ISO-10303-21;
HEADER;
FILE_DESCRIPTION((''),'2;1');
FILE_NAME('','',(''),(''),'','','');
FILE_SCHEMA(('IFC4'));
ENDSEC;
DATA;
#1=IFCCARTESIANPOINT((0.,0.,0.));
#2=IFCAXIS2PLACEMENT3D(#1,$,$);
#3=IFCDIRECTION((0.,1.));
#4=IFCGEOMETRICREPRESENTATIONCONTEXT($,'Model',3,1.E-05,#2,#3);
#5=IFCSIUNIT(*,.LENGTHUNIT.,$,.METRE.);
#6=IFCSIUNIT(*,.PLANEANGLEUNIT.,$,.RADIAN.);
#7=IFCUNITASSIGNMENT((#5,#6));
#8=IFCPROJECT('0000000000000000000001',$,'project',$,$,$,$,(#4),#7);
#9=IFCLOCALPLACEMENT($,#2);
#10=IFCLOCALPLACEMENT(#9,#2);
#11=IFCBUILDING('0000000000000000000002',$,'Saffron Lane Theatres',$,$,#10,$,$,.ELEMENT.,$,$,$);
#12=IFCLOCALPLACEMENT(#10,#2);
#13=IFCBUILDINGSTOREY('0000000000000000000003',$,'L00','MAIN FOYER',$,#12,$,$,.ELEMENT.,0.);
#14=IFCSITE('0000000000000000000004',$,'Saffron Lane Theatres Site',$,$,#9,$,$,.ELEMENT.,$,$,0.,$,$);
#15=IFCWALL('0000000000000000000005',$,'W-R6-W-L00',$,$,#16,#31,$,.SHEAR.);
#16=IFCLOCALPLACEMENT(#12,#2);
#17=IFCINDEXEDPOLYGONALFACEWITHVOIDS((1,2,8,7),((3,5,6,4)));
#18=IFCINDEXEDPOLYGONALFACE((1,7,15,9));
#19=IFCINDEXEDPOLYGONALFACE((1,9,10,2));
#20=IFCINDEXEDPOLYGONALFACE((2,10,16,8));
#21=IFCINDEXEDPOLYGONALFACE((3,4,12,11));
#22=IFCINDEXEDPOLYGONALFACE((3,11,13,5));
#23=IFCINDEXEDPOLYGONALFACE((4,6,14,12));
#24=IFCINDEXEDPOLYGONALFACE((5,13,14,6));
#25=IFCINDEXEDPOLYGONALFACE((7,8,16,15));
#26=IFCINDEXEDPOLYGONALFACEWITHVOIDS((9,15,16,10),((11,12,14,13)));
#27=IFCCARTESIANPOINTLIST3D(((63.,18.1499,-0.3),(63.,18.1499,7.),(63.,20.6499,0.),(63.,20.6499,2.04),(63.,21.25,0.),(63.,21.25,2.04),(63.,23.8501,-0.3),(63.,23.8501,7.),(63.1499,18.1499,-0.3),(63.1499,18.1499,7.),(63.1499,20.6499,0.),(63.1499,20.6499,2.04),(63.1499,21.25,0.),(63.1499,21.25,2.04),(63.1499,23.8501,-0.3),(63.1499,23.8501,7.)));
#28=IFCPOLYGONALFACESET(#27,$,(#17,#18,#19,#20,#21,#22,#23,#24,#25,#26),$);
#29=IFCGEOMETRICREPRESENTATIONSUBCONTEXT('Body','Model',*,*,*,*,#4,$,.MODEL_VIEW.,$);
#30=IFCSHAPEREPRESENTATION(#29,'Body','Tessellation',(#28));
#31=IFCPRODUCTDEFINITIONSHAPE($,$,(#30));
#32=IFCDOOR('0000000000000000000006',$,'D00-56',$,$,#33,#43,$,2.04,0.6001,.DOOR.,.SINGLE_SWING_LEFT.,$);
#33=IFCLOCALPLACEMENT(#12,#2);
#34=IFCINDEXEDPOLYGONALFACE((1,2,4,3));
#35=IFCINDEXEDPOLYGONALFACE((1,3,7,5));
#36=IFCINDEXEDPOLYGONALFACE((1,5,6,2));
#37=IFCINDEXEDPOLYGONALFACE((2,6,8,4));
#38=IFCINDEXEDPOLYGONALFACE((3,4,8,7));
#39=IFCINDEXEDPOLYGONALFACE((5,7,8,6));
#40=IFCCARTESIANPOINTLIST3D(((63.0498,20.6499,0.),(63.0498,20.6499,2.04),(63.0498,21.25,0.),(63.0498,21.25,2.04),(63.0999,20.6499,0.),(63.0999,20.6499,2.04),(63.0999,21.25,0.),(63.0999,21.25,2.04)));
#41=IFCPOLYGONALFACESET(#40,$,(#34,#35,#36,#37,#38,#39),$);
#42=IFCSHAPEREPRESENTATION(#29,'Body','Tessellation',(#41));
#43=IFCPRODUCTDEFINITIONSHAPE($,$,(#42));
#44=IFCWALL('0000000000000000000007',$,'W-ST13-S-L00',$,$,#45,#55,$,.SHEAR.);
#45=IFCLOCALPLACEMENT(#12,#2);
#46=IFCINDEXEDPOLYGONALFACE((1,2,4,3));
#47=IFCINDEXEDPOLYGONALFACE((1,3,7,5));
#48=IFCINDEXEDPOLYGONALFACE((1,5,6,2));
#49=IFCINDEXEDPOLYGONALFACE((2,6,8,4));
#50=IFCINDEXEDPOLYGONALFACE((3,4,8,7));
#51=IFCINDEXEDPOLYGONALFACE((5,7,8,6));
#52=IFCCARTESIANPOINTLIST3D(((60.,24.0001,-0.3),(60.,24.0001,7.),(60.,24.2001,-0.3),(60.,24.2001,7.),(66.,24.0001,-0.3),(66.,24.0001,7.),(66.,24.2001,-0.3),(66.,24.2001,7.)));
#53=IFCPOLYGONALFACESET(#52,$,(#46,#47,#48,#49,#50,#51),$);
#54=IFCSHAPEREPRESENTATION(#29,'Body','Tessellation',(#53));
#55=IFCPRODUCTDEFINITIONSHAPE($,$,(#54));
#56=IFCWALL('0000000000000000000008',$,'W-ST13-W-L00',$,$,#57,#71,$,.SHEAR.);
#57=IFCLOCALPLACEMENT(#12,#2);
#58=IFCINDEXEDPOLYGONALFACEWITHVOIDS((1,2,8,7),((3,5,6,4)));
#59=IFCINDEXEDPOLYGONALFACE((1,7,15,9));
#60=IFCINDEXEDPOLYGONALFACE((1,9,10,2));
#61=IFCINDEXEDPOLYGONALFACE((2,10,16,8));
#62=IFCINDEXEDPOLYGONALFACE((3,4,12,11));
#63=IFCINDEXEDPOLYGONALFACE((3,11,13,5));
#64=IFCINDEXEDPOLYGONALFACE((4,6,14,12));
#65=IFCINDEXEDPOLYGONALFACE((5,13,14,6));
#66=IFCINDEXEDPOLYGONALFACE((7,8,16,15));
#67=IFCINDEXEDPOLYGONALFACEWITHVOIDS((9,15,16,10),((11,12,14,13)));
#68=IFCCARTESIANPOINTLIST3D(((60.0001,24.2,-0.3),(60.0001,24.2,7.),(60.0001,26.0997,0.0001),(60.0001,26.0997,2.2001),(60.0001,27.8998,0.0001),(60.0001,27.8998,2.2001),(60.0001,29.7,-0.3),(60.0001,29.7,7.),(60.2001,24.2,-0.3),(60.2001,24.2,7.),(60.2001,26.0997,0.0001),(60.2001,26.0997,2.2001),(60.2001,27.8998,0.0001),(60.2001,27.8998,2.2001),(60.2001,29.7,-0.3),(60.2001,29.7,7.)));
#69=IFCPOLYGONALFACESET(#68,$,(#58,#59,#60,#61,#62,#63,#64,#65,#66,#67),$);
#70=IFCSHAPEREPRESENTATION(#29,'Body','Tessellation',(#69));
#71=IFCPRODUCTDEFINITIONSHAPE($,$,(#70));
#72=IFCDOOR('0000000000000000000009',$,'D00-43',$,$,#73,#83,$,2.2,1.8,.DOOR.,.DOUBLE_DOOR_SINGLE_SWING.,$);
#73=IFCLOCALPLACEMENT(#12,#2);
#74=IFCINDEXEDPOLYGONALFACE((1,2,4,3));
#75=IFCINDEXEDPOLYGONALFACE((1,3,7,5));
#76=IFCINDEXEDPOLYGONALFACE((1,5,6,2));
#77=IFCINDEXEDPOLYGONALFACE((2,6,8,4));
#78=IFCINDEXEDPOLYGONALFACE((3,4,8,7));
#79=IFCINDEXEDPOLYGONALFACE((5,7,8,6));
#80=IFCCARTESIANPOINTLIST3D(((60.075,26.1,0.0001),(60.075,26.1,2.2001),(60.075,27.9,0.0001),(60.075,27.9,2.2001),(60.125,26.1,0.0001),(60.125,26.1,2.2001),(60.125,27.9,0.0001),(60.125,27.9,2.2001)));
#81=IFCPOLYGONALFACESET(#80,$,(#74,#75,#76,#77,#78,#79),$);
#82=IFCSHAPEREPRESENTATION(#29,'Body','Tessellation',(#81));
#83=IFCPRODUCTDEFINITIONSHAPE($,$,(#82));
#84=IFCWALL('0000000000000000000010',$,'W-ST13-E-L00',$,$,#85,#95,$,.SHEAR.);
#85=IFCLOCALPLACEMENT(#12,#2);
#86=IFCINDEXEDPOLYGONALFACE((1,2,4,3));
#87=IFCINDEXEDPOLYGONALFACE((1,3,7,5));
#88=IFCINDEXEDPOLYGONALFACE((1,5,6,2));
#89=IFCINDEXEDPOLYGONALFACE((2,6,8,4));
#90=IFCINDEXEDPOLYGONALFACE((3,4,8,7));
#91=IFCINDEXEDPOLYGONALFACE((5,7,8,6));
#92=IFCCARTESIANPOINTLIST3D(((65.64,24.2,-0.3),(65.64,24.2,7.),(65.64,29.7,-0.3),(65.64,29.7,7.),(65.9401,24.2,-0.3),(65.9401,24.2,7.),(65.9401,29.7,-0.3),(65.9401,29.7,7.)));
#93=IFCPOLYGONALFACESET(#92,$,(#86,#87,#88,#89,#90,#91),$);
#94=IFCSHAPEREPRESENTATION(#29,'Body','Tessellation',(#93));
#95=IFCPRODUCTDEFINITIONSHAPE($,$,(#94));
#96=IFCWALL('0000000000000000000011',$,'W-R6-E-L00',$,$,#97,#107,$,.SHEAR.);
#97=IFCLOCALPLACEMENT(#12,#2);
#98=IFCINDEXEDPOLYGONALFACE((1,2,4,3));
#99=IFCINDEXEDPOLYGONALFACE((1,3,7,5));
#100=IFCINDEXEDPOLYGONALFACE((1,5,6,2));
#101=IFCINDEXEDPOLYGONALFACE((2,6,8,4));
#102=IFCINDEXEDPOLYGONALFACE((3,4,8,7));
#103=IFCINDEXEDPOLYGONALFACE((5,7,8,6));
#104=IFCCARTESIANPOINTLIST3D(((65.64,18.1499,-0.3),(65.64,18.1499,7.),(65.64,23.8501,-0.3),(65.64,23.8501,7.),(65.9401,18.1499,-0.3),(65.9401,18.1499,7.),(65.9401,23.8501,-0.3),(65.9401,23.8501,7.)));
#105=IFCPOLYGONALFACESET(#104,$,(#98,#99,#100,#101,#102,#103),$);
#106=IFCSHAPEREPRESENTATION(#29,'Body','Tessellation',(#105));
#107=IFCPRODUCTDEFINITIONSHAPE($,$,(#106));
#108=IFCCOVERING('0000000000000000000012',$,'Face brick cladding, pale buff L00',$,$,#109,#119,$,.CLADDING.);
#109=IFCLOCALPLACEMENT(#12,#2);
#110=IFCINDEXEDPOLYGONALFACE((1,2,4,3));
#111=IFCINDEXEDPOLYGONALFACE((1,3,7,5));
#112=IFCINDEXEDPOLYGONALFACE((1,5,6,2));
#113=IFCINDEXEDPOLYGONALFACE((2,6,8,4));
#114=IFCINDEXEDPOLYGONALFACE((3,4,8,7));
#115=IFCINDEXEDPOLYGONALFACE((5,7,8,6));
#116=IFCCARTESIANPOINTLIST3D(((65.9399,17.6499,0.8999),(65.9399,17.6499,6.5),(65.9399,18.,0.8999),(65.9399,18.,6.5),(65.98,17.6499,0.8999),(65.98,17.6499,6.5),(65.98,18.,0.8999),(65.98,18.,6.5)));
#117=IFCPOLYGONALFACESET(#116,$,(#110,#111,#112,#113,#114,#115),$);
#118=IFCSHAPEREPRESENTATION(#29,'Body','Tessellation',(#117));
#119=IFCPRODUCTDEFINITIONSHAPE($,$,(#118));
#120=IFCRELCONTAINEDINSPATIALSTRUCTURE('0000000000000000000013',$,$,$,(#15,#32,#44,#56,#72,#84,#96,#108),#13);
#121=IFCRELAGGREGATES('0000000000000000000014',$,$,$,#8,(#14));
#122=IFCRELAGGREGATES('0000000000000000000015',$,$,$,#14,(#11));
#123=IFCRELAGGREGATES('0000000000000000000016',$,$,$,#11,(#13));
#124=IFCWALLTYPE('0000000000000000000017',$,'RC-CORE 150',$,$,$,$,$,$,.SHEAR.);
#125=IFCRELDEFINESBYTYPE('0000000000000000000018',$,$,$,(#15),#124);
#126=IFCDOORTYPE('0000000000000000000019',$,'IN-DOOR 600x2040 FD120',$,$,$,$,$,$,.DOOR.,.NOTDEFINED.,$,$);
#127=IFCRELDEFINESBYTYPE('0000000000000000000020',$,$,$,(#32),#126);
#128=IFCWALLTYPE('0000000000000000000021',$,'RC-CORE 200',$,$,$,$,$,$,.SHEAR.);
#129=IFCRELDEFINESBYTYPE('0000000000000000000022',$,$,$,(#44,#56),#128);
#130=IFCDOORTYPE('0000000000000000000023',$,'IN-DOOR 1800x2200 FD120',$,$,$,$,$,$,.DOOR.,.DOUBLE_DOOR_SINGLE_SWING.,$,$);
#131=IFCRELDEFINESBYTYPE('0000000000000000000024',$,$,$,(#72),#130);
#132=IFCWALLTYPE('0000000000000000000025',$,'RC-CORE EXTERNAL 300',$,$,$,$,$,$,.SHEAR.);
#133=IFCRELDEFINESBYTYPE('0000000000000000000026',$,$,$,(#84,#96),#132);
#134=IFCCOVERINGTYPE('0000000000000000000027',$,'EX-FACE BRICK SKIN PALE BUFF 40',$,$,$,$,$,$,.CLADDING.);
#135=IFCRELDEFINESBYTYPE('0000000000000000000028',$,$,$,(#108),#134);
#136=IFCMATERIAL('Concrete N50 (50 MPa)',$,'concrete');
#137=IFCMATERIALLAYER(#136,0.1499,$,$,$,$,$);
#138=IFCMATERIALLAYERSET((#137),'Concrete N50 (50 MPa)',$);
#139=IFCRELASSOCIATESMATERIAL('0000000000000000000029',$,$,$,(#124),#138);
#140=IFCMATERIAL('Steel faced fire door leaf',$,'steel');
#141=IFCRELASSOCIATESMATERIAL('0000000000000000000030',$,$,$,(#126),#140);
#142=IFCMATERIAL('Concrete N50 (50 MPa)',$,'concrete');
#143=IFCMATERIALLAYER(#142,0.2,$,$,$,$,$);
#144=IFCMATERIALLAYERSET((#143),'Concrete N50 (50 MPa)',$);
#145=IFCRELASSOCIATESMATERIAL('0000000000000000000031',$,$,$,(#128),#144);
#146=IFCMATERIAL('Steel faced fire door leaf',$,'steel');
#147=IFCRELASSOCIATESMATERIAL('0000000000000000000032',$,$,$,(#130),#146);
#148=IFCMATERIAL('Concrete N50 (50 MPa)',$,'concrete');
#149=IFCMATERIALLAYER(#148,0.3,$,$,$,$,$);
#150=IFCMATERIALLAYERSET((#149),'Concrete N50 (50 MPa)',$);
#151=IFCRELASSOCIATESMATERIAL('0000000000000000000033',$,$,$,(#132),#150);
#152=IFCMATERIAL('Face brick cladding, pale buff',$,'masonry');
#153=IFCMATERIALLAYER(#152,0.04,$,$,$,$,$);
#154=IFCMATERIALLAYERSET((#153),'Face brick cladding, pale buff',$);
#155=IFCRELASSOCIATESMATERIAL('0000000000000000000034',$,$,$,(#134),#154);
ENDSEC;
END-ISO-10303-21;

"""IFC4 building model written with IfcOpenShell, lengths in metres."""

from ifc_helpers import new_model, si_unit, direction, frame, frame_2d, origin, origin_2d, place, context, subcontext, project, spatial, rectangle, extrude, material, layer, layer_set, type_object, element, fill, save


model = new_model("IFC4")

# Units and contexts
model_context = context("Model", 3, precision=1e-05, world=origin(), true_north=direction((0.0, 1.0)))
body_context = subcontext(model_context, "Body", "Model", "MODEL_VIEW")
ifc_project = project(units=[si_unit("LENGTHUNIT", "METRE"), si_unit("PLANEANGLEUNIT", "RADIAN")], contexts=[model_context])

# Site, building, storey
site_placement = place(None, origin())
site = spatial("IfcSite", under=ifc_project, at=site_placement, Name="Saffron Lane Theatres Site", CompositionType="ELEMENT", RefElevation=0.0)
building_placement = place(site_placement, origin())
building = spatial("IfcBuilding", under=site, at=building_placement, Name="Saffron Lane Theatres", CompositionType="ELEMENT")
storey_placement = place(building_placement, origin())
storey = spatial("IfcBuildingStorey", under=building, at=storey_placement, Name="L00", Description="MAIN FOYER", CompositionType="ELEMENT", Elevation=0.0)

# Shared definitions
ifc_material_1 = material(Name="Concrete N50 (50 MPa)", Category="concrete")
ifc_layer_1 = layer(ifc_material_1, 0.1499)
ifc_layer_set_1 = layer_set([ifc_layer_1], Name="Concrete N50 (50 MPa)")
wall_type_1 = type_object("IfcWallType", Name="RC-CORE 150", PredefinedType="SHEAR", material=ifc_layer_set_1)

# Wall, opening, door
wall_1_placement = place(storey_placement, frame((63.075, 18.1499, -0.3), z_axis=(0.0, 0.0, 1.0), x_axis=(0.0, 1.0, 0.0)))
wall_1 = element("IfcWall", 1, at=wall_1_placement, inside=storey, type_object=wall_type_1, Name="W-R6-W-L00", PredefinedType="SHEAR", context=body_context, shape_type="SweptSolid", body=[
    extrude(rectangle(XDim=5.7002, YDim=0.1499, at=frame_2d((2.8501, 0.0))), origin(), (0.0, 0.0, 1.0), 7.3),
])
opening_1_placement = place(wall_1_placement, frame((2.5, 0.0, 0.3)))
opening_1 = element("IfcOpeningElement", 2, at=opening_1_placement, cuts=wall_1, PredefinedType="OPENING", context=body_context, shape_type="SweptSolid", body=[
    extrude(rectangle(XDim=0.6001, YDim=2.04, at=frame_2d((0.3, 1.02))), frame((0.0, 0.085, 0.0), z_axis=(0.0, -1.0, 0.0), x_axis=(1.0, 0.0, 0.0)), (0.0, 0.0, 1.0), 0.1699),
])
ifc_material_2 = material(Name="Steel faced fire door leaf", Category="steel")
door_type_1 = type_object("IfcDoorType", Name="IN-DOOR 600x2040 FD120", OperationType="NOTDEFINED", PredefinedType="DOOR", material=ifc_material_2)
door_1_placement = place(opening_1_placement, frame((0.6001, 0.0, 0.0), z_axis=(0.0, 0.0, 1.0), x_axis=(-1.0, 0.0, 0.0)))
door_1 = element("IfcDoor", 3, at=door_1_placement, inside=storey, type_object=door_type_1, Name="D00-56", OperationType="SINGLE_SWING_LEFT", OverallHeight=2.04, OverallWidth=0.6001, PredefinedType="DOOR", context=body_context, shape_type="SweptSolid", body=[
    extrude(rectangle(XDim=0.6001, YDim=2.04, at=frame_2d((0.3, 1.02))), frame((0.0, 0.0249, 0.0), z_axis=(0.0, -1.0, 0.0), x_axis=(1.0, 0.0, 0.0)), (0.0, 0.0, 1.0), 0.05),
])
fill(opening_1, door_1)

# Wall
ifc_material_3 = material(Name="Concrete N50 (50 MPa)", Category="concrete")
ifc_layer_2 = layer(ifc_material_3, 0.2)
ifc_layer_set_2 = layer_set([ifc_layer_2], Name="Concrete N50 (50 MPa)")
wall_type_2 = type_object("IfcWallType", Name="RC-CORE 200", PredefinedType="SHEAR", material=ifc_layer_set_2)
wall_2_placement = place(storey_placement, frame((60.0, 24.1001, -0.3), z_axis=(0.0, 0.0, 1.0), x_axis=(1.0, 0.0, 0.0)))
element("IfcWall", 4, at=wall_2_placement, inside=storey, type_object=wall_type_2, Name="W-ST13-S-L00", PredefinedType="SHEAR", context=body_context, shape_type="SweptSolid", body=[
    extrude(rectangle(XDim=6.0, YDim=0.2, at=frame_2d((3.0, 0.0))), origin(), (0.0, 0.0, 1.0), 7.3),
])

# Wall, opening, door
wall_3_placement = place(storey_placement, frame((60.1001, 24.2, -0.3), z_axis=(0.0, 0.0, 1.0), x_axis=(0.0, 1.0, 0.0)))
wall_3 = element("IfcWall", 5, at=wall_3_placement, inside=storey, type_object=wall_type_2, Name="W-ST13-W-L00", PredefinedType="SHEAR", context=body_context, shape_type="SweptSolid", body=[
    extrude(rectangle(XDim=5.5, YDim=0.2, at=frame_2d((2.75, 0.0))), origin(), (0.0, 0.0, 1.0), 7.3),
])
opening_2_placement = place(wall_3_placement, frame((1.8999, 0.0, 0.3)))
opening_2 = element("IfcOpeningElement", 6, at=opening_2_placement, cuts=wall_3, PredefinedType="OPENING", context=body_context, shape_type="SweptSolid", body=[
    extrude(rectangle(XDim=1.8, YDim=2.2, at=frame_2d((0.8999, 1.1001))), frame((0.0, 0.1099, 0.0), z_axis=(0.0, -1.0, 0.0), x_axis=(1.0, 0.0, 0.0)), (0.0, 0.0, 1.0), 0.22),
])
ifc_material_4 = material(Name="Steel faced fire door leaf", Category="steel")
door_type_2 = type_object("IfcDoorType", Name="IN-DOOR 1800x2200 FD120", OperationType="DOUBLE_DOOR_SINGLE_SWING", PredefinedType="DOOR", material=ifc_material_4)
door_2_placement = place(opening_2_placement, frame((1.8, 0.0, 0.0), z_axis=(0.0, 0.0, 1.0), x_axis=(-1.0, 0.0, 0.0)))
door_2 = element("IfcDoor", 7, at=door_2_placement, inside=storey, type_object=door_type_2, Name="D00-43", OperationType="DOUBLE_DOOR_SINGLE_SWING", OverallHeight=2.2, OverallWidth=1.8, PredefinedType="DOOR", context=body_context, shape_type="SweptSolid", body=[
    extrude(rectangle(XDim=1.8, YDim=2.2, at=frame_2d((0.8999, 1.1001))), frame((0.0, 0.0249, 0.0), z_axis=(0.0, -1.0, 0.0), x_axis=(1.0, 0.0, 0.0)), (0.0, 0.0, 1.0), 0.05),
])
fill(opening_2, door_2)

# Walls
ifc_material_5 = material(Name="Concrete N50 (50 MPa)", Category="concrete")
ifc_layer_3 = layer(ifc_material_5, 0.3)
ifc_layer_set_3 = layer_set([ifc_layer_3], Name="Concrete N50 (50 MPa)")
wall_type_3 = type_object("IfcWallType", Name="RC-CORE EXTERNAL 300", PredefinedType="SHEAR", material=ifc_layer_set_3)
wall_4_placement = place(storey_placement, frame((65.79, 24.2, -0.3), z_axis=(0.0, 0.0, 1.0), x_axis=(0.0, 1.0, 0.0)))
element("IfcWall", 8, at=wall_4_placement, inside=storey, type_object=wall_type_3, Name="W-ST13-E-L00", PredefinedType="SHEAR", context=body_context, shape_type="SweptSolid", body=[
    extrude(rectangle(XDim=5.5, YDim=0.3, at=frame_2d((2.75, 0.0))), origin(), (0.0, 0.0, 1.0), 7.3),
])
wall_5_placement = place(storey_placement, frame((65.79, 18.1499, -0.3), z_axis=(0.0, 0.0, 1.0), x_axis=(0.0, 1.0, 0.0)))
element("IfcWall", 9, at=wall_5_placement, inside=storey, type_object=wall_type_3, Name="W-R6-E-L00", PredefinedType="SHEAR", context=body_context, shape_type="SweptSolid", body=[
    extrude(rectangle(XDim=5.7002, YDim=0.3, at=frame_2d((2.8501, 0.0))), origin(), (0.0, 0.0, 1.0), 7.3),
])

# Covering
ifc_material_6 = material(Name="Face brick cladding, pale buff", Category="masonry")
ifc_layer_4 = layer(ifc_material_6, 0.04)
ifc_layer_set_4 = layer_set([ifc_layer_4], Name="Face brick cladding, pale buff")
covering_type_1 = type_object("IfcCoveringType", Name="EX-FACE BRICK SKIN PALE BUFF 40", PredefinedType="CLADDING", material=ifc_layer_set_4)
covering_1_placement = place(storey_placement, frame((65.96, 17.825, 0.8999), z_axis=(0.0, 0.0, 1.0), x_axis=(0.0, 1.0, 0.0)))
element("IfcCovering", 10, at=covering_1_placement, inside=storey, type_object=covering_type_1, Name="Face brick cladding, pale buff L00", PredefinedType="CLADDING", context=body_context, shape_type="SweptSolid", body=[
    extrude(rectangle(XDim=0.3501, YDim=0.04, at=origin_2d()), origin(), (0.0, 0.0, 1.0), 5.6001),
])

save(model, "model.ifc")
